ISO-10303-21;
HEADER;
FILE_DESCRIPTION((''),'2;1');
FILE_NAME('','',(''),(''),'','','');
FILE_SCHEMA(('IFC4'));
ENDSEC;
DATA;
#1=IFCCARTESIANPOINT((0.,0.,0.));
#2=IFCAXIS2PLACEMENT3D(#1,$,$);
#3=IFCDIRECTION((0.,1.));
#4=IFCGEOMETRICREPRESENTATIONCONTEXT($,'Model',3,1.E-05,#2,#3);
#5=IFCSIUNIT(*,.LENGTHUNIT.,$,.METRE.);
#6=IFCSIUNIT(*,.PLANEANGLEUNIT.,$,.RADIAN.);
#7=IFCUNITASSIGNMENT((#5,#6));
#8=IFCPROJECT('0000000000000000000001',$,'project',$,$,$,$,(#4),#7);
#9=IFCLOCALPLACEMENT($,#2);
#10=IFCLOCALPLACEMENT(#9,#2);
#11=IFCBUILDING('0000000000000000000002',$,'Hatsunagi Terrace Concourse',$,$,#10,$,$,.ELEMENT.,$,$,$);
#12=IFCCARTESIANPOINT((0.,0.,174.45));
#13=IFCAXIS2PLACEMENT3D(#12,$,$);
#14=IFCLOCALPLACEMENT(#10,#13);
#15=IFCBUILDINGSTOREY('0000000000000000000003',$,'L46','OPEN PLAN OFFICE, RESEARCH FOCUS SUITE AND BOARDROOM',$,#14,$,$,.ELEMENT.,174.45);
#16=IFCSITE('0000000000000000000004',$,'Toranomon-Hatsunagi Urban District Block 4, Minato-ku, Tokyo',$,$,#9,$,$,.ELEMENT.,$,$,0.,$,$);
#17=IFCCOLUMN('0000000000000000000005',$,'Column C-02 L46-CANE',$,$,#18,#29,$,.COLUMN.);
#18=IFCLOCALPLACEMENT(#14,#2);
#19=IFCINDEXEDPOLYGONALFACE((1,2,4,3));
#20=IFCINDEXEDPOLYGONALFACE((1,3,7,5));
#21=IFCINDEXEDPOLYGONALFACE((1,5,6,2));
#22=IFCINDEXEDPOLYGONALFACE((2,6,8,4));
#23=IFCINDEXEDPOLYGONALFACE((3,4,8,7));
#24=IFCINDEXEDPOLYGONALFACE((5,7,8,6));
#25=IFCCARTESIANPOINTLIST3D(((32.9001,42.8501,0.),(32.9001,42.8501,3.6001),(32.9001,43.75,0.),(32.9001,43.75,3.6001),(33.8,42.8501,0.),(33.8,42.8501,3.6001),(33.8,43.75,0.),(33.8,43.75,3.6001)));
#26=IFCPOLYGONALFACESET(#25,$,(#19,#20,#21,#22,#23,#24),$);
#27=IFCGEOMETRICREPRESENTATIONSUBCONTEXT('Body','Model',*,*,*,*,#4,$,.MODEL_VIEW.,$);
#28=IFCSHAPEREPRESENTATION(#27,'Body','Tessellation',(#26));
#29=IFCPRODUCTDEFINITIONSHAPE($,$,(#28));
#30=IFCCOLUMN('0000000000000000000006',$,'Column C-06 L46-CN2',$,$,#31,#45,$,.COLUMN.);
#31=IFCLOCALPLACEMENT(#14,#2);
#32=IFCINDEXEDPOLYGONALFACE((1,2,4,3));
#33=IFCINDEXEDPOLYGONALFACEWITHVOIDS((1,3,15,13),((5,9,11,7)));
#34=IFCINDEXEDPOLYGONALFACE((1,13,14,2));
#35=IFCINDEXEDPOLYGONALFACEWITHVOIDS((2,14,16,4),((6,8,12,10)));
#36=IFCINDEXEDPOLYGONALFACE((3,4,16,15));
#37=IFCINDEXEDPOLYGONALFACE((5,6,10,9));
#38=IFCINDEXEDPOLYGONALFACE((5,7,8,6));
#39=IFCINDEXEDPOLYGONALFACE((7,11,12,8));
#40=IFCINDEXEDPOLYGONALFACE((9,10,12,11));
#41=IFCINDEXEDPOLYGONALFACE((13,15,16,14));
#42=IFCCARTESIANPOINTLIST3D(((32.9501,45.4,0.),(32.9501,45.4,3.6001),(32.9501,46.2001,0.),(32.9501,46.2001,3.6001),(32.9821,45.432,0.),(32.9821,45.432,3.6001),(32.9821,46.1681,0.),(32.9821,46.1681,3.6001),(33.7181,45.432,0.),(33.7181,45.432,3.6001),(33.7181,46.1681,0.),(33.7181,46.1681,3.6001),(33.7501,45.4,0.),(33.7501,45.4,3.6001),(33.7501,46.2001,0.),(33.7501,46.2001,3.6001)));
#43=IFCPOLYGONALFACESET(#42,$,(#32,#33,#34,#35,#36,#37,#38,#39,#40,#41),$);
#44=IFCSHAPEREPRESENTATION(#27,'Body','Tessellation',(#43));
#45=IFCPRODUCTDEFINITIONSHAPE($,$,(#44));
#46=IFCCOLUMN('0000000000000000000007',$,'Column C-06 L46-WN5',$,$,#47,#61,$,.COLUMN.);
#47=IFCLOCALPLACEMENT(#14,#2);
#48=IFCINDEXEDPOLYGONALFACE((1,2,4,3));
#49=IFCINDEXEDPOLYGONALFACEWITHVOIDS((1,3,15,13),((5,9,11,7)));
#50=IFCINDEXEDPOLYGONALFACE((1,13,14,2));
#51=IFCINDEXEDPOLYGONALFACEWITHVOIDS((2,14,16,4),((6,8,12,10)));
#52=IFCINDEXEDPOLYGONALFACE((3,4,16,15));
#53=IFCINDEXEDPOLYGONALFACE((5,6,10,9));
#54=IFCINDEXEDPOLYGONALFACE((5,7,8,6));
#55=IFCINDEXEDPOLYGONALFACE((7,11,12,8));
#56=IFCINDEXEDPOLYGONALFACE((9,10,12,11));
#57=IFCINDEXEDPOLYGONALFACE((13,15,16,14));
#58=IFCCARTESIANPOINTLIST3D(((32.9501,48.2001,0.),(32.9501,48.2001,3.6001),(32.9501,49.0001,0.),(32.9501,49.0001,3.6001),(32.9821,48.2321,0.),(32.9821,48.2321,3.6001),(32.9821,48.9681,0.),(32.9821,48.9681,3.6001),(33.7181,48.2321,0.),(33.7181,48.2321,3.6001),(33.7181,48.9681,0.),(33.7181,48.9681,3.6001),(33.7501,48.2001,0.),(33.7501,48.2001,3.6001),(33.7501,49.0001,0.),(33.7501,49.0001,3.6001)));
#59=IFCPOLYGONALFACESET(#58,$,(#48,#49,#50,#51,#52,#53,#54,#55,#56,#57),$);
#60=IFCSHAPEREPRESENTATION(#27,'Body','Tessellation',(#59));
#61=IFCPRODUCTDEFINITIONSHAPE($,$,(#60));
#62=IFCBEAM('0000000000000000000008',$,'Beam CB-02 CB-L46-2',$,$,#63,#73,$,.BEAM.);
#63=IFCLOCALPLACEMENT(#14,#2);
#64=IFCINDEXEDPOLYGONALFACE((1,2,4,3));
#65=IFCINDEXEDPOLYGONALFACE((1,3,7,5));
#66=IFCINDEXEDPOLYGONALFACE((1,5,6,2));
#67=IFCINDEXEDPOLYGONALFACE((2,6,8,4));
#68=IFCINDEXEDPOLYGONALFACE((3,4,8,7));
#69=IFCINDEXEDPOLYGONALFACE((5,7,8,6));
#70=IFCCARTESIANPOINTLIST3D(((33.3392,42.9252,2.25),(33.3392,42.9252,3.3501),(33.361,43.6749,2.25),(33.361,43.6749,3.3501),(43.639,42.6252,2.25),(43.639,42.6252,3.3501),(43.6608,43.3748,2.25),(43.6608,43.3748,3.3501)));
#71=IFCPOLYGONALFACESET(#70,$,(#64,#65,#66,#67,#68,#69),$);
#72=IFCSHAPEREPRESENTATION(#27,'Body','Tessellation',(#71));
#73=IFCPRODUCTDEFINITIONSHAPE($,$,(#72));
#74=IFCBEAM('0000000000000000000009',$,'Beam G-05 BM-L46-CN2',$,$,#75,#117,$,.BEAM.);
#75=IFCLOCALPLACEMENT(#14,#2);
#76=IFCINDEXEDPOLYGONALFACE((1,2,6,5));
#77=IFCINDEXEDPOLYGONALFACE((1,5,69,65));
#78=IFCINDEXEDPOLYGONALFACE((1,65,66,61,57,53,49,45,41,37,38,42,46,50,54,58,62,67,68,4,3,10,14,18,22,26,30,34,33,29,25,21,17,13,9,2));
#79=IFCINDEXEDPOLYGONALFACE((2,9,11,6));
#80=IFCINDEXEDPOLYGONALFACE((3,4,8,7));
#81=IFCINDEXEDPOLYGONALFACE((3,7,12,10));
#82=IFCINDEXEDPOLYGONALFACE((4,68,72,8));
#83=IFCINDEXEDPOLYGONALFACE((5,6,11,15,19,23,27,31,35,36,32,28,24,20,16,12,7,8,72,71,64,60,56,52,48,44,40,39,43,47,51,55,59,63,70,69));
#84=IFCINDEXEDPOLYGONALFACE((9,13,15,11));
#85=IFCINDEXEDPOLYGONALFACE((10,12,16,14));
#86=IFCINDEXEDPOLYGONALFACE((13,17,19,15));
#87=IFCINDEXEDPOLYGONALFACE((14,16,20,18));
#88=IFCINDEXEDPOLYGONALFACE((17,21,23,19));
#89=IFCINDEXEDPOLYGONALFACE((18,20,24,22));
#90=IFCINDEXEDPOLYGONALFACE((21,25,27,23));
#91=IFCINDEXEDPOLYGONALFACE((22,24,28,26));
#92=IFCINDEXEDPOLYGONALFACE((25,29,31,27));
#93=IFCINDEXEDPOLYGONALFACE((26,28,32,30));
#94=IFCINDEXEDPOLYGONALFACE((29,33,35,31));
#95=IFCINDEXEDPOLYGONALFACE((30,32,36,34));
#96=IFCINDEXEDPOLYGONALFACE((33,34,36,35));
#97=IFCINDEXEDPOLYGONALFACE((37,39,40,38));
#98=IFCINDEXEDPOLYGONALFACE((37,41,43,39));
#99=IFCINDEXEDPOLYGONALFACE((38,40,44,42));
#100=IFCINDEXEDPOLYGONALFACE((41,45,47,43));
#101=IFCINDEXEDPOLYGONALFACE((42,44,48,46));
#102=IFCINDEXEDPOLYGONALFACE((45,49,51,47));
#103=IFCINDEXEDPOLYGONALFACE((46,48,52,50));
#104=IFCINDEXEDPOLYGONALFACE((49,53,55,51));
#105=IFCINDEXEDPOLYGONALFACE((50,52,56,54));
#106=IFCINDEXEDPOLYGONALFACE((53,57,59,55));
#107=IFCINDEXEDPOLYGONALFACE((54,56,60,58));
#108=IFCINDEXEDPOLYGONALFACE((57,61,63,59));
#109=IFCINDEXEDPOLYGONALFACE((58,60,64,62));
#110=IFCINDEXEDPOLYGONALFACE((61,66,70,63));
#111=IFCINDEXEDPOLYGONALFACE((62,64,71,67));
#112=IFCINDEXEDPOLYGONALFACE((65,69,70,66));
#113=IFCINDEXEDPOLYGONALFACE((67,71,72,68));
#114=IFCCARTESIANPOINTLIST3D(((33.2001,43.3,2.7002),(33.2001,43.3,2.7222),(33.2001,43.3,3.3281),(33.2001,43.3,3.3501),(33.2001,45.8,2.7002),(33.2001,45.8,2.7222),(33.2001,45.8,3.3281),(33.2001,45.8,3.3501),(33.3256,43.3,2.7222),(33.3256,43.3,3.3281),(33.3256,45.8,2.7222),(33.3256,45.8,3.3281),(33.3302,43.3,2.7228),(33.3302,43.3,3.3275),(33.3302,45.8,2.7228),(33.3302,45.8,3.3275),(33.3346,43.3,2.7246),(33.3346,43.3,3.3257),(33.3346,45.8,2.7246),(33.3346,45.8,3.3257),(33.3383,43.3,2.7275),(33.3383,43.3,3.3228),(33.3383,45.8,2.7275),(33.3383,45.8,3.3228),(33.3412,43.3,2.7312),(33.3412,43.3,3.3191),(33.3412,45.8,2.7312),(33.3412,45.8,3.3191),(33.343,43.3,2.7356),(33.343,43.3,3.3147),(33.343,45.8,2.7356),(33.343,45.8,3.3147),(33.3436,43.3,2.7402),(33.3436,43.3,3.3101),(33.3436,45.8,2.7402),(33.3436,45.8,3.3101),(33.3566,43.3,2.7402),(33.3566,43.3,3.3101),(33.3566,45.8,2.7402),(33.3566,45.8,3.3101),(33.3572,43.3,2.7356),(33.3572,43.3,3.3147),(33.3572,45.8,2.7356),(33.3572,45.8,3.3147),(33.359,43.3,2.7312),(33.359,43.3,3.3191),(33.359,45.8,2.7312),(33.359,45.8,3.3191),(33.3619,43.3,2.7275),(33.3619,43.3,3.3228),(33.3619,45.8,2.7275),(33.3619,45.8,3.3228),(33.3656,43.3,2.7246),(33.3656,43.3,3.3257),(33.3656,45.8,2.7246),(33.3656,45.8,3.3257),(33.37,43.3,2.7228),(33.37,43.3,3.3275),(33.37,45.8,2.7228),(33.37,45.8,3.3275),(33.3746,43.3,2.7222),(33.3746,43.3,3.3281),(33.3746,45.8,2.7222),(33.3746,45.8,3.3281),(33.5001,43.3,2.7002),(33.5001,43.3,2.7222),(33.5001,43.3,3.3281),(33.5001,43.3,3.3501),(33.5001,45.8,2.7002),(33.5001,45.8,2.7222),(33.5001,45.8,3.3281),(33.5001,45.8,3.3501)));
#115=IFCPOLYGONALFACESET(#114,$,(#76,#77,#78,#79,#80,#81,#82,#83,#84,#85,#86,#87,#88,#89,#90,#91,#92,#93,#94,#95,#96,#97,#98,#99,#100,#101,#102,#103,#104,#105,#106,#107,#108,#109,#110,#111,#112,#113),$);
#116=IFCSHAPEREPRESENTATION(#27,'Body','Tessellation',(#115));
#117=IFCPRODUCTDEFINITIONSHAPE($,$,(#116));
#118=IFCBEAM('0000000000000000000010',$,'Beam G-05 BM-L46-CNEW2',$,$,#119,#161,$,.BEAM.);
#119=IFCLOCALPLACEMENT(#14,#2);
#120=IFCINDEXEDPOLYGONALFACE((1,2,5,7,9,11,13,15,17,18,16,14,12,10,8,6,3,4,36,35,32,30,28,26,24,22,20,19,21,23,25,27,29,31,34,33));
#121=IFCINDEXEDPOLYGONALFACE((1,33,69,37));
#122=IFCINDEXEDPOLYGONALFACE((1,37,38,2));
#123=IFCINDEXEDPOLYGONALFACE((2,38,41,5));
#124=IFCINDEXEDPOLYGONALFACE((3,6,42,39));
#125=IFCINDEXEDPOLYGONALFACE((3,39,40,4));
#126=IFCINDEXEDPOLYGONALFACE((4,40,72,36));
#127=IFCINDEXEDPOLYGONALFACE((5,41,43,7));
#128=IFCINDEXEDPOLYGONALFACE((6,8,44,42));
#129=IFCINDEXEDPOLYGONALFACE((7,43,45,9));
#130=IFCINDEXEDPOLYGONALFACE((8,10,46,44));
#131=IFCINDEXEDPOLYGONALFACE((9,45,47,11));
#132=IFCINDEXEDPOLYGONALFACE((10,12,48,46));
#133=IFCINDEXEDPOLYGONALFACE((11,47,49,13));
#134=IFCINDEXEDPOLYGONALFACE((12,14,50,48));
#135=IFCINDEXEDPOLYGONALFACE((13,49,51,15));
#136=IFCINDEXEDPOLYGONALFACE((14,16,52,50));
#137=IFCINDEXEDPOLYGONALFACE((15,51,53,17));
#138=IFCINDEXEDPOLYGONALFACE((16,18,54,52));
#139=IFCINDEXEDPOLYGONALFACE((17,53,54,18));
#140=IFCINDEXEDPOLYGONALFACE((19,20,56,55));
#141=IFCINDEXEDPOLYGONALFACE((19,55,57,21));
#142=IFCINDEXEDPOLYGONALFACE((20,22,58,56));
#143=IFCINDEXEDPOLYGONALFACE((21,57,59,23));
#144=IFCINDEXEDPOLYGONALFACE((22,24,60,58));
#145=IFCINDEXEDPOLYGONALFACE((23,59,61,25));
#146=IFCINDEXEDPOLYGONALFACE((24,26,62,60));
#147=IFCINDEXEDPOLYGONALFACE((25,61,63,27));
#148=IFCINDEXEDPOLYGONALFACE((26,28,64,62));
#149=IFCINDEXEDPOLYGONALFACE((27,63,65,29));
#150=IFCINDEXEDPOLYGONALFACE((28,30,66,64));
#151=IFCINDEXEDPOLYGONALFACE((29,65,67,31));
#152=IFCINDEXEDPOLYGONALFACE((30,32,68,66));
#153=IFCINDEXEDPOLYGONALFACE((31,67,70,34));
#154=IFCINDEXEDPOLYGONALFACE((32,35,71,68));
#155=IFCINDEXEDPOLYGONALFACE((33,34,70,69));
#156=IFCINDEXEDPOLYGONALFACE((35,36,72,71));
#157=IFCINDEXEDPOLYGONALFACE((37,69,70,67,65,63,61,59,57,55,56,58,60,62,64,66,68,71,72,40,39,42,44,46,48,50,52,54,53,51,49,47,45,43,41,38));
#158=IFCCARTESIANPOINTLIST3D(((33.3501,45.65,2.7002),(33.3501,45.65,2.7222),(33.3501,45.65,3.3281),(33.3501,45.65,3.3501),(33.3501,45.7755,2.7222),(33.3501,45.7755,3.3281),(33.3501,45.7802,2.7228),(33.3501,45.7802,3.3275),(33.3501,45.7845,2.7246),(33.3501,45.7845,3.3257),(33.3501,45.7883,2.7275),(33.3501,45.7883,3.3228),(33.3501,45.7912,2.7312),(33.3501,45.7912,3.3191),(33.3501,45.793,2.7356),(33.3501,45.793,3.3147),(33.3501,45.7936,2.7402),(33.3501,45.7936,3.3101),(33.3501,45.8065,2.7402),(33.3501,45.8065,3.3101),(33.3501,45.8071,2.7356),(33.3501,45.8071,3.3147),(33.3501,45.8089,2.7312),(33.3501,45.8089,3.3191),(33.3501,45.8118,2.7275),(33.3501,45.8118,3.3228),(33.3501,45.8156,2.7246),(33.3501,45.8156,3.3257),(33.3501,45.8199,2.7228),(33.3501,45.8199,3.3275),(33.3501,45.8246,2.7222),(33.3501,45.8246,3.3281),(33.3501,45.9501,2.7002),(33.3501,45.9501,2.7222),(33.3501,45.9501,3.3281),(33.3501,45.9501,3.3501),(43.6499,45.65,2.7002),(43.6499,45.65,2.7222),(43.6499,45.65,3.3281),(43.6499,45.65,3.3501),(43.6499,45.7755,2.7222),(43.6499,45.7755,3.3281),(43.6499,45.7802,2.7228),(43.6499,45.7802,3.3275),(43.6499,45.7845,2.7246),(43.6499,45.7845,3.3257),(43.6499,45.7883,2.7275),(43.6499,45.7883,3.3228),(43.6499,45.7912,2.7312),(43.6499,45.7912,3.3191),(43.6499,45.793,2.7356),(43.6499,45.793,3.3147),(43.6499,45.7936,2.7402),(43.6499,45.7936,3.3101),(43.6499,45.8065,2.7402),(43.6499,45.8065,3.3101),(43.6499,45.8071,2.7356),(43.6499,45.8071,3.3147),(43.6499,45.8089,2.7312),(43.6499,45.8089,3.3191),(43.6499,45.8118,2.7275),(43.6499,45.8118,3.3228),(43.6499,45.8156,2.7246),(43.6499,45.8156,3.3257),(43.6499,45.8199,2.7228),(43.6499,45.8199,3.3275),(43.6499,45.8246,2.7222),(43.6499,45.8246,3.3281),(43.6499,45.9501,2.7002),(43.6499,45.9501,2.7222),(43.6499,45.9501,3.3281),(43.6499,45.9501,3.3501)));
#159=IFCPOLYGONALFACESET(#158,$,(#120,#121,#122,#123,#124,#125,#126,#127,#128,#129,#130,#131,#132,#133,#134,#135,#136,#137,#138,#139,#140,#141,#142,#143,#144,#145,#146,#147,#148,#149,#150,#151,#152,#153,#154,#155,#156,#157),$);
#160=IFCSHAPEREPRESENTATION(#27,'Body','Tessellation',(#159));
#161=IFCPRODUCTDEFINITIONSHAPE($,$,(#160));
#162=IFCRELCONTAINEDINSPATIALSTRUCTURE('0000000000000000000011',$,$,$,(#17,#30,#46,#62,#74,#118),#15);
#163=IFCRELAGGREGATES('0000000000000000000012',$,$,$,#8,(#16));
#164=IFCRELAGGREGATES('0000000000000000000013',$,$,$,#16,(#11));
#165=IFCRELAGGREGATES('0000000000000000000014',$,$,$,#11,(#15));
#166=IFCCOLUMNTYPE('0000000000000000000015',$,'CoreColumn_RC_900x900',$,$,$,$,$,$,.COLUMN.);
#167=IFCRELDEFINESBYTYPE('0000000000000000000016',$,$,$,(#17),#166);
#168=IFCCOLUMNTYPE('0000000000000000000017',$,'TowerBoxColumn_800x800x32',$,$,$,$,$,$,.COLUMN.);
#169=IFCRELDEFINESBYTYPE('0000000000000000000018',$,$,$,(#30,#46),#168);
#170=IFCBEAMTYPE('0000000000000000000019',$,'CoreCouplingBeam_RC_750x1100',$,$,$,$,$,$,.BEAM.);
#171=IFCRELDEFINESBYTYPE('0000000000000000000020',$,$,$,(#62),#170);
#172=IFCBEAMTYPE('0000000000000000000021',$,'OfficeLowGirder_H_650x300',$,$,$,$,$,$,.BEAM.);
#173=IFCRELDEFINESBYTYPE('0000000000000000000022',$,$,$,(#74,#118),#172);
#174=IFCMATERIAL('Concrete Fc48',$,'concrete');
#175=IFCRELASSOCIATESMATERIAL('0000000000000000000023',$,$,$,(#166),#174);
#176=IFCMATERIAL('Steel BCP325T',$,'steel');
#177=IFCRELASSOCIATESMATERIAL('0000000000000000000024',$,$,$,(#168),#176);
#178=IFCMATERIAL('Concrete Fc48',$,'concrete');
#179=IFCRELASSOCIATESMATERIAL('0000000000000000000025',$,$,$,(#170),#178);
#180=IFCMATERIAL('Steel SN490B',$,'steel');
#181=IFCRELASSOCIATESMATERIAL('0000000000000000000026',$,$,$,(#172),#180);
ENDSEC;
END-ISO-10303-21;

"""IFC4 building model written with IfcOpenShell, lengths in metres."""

from ifc_helpers import new_model, si_unit, direction, frame, origin, origin_2d, place, context, subcontext, project, spatial, rectangle, hollow_rectangle, i_section, extrude, material, material_profile, profile_set, type_object, element, save


model = new_model("IFC4")

# Units and contexts
model_context = context("Model", 3, precision=1e-05, world=origin(), true_north=direction((0.0, 1.0)))
body_context = subcontext(model_context, "Body", "Model", "MODEL_VIEW")
ifc_project = project(units=[si_unit("LENGTHUNIT", "METRE"), si_unit("PLANEANGLEUNIT", "RADIAN")], contexts=[model_context])

# Site, building, storey
site_placement = place(None, origin())
site = spatial("IfcSite", under=ifc_project, at=site_placement, Name="Toranomon-Hatsunagi Urban District Block 4, Minato-ku, Tokyo", CompositionType="ELEMENT", RefElevation=0.0)
building_placement = place(site_placement, origin())
building = spatial("IfcBuilding", under=site, at=building_placement, Name="Hatsunagi Terrace Concourse", CompositionType="ELEMENT")
storey_placement = place(building_placement, frame((0.0, 0.0, 174.45)))
storey = spatial("IfcBuildingStorey", under=building, at=storey_placement, Name="L46", Description="OPEN PLAN OFFICE, RESEARCH FOCUS SUITE AND BOARDROOM", CompositionType="ELEMENT", Elevation=174.45)

# Columns
ifc_material_1 = material(Name="Concrete Fc48", Category="concrete")
ifc_material_profile_1 = material_profile(ifc_material_1, rectangle(XDim=0.8999, YDim=0.8999, at=origin_2d()), Name="RC-900x900")
ifc_profile_set_1 = profile_set([ifc_material_profile_1], Name="Concrete Fc48")
column_type_1 = type_object("IfcColumnType", Name="CoreColumn_RC_900x900", PredefinedType="COLUMN", material=ifc_profile_set_1)
column_placement = place(storey_placement, frame((33.3501, 43.3, 0.0), z_axis=(0.0, 0.0, 1.0), x_axis=(1.0, 0.0, 0.0)))
element("IfcColumn", 1, at=column_placement, inside=storey, type_object=column_type_1, Name="Column C-02 L46-CANE", PredefinedType="COLUMN", context=body_context, shape_type="SweptSolid", body=[
    extrude(rectangle(XDim=0.8999, YDim=0.8999, at=origin_2d()), origin(), (0.0, 0.0, 1.0), 3.6001),
])
ifc_material_2 = material(Name="Steel BCP325T", Category="steel")
ifc_material_profile_2 = material_profile(ifc_material_2, hollow_rectangle(XDim=0.8, YDim=0.8, WallThickness=0.032, at=origin_2d()), Name="BCP-800x800x32")
ifc_profile_set_2 = profile_set([ifc_material_profile_2], Name="Steel BCP325T")
column_type_2 = type_object("IfcColumnType", Name="TowerBoxColumn_800x800x32", PredefinedType="COLUMN", material=ifc_profile_set_2)
for number, where, z_axis, x_axis, name in (
    (2, (33.3501, 45.8, 0.0), (0.0, 0.0, 1.0), (1.0, 0.0, 0.0), "Column C-06 L46-CN2"),
    (3, (33.3501, 48.6001, 0.0), (0.0, 0.0, 1.0), (1.0, 0.0, 0.0), "Column C-06 L46-WN5"),
):
    element("IfcColumn", number, at=place(storey_placement, frame(where, z_axis=z_axis, x_axis=x_axis)), inside=storey, type_object=column_type_2, Name=name, PredefinedType="COLUMN", context=body_context, shape_type="SweptSolid", body=[
        extrude(hollow_rectangle(XDim=0.8, YDim=0.8, WallThickness=0.032, at=origin_2d()), origin(), (0.0, 0.0, 1.0), 3.6001),
    ])

# Beams
ifc_material_3 = material(Name="Concrete Fc48", Category="concrete")
ifc_material_profile_3 = material_profile(ifc_material_3, rectangle(XDim=0.75, YDim=1.1001, at=origin_2d()), Name="RC-750x1100")
ifc_profile_set_3 = profile_set([ifc_material_profile_3], Name="Concrete Fc48")
beam_type_1 = type_object("IfcBeamType", Name="CoreCouplingBeam_RC_750x1100", PredefinedType="BEAM", material=ifc_profile_set_3)
beam_1_placement = place(storey_placement, frame((33.3501, 43.3, 2.8), z_axis=(0.999576, -0.029119, 0.0), x_axis=(0.029119, 0.999576, 0.0)))
element("IfcBeam", 4, at=beam_1_placement, inside=storey, type_object=beam_type_1, Name="Beam CB-02 CB-L46-2", PredefinedType="BEAM", context=body_context, shape_type="SweptSolid", body=[
    extrude(rectangle(XDim=0.75, YDim=1.1001, at=origin_2d()), origin(), (0.0, 0.0, 1.0), 10.3042),
])
ifc_material_4 = material(Name="Steel SN490B", Category="steel")
ifc_material_profile_4 = material_profile(ifc_material_4, i_section(OverallWidth=0.3, OverallDepth=0.6499, WebThickness=0.0129, FlangeThickness=0.022, FilletRadius=0.0181, at=origin_2d()), Name="H-650x300x13x22")
ifc_profile_set_4 = profile_set([ifc_material_profile_4], Name="Steel SN490B")
beam_type_2 = type_object("IfcBeamType", Name="OfficeLowGirder_H_650x300", PredefinedType="BEAM", material=ifc_profile_set_4)
beam_2_placement = place(storey_placement, frame((33.3501, 43.3, 3.0251), z_axis=(0.0, 1.0, 0.0), x_axis=(-1.0, 0.0, 0.0)))
element("IfcBeam", 5, at=beam_2_placement, inside=storey, type_object=beam_type_2, Name="Beam G-05 BM-L46-CN2", PredefinedType="BEAM", context=body_context, shape_type="SweptSolid", body=[
    extrude(i_section(OverallWidth=0.3, OverallDepth=0.6499, WebThickness=0.0129, FlangeThickness=0.022, FilletRadius=0.0181, at=origin_2d()), origin(), (0.0, 0.0, 1.0), 2.5),
])
beam_3_placement = place(storey_placement, frame((33.3501, 45.8, 3.0251), z_axis=(1.0, 0.0, 0.0), x_axis=(0.0, 1.0, 0.0)))
element("IfcBeam", 6, at=beam_3_placement, inside=storey, type_object=beam_type_2, Name="Beam G-05 BM-L46-CNEW2", PredefinedType="BEAM", context=body_context, shape_type="SweptSolid", body=[
    extrude(i_section(OverallWidth=0.3, OverallDepth=0.6499, WebThickness=0.0129, FlangeThickness=0.022, FilletRadius=0.0181, at=origin_2d()), origin(), (0.0, 0.0, 1.0), 10.2998),
])

save(model, "model.ifc")
